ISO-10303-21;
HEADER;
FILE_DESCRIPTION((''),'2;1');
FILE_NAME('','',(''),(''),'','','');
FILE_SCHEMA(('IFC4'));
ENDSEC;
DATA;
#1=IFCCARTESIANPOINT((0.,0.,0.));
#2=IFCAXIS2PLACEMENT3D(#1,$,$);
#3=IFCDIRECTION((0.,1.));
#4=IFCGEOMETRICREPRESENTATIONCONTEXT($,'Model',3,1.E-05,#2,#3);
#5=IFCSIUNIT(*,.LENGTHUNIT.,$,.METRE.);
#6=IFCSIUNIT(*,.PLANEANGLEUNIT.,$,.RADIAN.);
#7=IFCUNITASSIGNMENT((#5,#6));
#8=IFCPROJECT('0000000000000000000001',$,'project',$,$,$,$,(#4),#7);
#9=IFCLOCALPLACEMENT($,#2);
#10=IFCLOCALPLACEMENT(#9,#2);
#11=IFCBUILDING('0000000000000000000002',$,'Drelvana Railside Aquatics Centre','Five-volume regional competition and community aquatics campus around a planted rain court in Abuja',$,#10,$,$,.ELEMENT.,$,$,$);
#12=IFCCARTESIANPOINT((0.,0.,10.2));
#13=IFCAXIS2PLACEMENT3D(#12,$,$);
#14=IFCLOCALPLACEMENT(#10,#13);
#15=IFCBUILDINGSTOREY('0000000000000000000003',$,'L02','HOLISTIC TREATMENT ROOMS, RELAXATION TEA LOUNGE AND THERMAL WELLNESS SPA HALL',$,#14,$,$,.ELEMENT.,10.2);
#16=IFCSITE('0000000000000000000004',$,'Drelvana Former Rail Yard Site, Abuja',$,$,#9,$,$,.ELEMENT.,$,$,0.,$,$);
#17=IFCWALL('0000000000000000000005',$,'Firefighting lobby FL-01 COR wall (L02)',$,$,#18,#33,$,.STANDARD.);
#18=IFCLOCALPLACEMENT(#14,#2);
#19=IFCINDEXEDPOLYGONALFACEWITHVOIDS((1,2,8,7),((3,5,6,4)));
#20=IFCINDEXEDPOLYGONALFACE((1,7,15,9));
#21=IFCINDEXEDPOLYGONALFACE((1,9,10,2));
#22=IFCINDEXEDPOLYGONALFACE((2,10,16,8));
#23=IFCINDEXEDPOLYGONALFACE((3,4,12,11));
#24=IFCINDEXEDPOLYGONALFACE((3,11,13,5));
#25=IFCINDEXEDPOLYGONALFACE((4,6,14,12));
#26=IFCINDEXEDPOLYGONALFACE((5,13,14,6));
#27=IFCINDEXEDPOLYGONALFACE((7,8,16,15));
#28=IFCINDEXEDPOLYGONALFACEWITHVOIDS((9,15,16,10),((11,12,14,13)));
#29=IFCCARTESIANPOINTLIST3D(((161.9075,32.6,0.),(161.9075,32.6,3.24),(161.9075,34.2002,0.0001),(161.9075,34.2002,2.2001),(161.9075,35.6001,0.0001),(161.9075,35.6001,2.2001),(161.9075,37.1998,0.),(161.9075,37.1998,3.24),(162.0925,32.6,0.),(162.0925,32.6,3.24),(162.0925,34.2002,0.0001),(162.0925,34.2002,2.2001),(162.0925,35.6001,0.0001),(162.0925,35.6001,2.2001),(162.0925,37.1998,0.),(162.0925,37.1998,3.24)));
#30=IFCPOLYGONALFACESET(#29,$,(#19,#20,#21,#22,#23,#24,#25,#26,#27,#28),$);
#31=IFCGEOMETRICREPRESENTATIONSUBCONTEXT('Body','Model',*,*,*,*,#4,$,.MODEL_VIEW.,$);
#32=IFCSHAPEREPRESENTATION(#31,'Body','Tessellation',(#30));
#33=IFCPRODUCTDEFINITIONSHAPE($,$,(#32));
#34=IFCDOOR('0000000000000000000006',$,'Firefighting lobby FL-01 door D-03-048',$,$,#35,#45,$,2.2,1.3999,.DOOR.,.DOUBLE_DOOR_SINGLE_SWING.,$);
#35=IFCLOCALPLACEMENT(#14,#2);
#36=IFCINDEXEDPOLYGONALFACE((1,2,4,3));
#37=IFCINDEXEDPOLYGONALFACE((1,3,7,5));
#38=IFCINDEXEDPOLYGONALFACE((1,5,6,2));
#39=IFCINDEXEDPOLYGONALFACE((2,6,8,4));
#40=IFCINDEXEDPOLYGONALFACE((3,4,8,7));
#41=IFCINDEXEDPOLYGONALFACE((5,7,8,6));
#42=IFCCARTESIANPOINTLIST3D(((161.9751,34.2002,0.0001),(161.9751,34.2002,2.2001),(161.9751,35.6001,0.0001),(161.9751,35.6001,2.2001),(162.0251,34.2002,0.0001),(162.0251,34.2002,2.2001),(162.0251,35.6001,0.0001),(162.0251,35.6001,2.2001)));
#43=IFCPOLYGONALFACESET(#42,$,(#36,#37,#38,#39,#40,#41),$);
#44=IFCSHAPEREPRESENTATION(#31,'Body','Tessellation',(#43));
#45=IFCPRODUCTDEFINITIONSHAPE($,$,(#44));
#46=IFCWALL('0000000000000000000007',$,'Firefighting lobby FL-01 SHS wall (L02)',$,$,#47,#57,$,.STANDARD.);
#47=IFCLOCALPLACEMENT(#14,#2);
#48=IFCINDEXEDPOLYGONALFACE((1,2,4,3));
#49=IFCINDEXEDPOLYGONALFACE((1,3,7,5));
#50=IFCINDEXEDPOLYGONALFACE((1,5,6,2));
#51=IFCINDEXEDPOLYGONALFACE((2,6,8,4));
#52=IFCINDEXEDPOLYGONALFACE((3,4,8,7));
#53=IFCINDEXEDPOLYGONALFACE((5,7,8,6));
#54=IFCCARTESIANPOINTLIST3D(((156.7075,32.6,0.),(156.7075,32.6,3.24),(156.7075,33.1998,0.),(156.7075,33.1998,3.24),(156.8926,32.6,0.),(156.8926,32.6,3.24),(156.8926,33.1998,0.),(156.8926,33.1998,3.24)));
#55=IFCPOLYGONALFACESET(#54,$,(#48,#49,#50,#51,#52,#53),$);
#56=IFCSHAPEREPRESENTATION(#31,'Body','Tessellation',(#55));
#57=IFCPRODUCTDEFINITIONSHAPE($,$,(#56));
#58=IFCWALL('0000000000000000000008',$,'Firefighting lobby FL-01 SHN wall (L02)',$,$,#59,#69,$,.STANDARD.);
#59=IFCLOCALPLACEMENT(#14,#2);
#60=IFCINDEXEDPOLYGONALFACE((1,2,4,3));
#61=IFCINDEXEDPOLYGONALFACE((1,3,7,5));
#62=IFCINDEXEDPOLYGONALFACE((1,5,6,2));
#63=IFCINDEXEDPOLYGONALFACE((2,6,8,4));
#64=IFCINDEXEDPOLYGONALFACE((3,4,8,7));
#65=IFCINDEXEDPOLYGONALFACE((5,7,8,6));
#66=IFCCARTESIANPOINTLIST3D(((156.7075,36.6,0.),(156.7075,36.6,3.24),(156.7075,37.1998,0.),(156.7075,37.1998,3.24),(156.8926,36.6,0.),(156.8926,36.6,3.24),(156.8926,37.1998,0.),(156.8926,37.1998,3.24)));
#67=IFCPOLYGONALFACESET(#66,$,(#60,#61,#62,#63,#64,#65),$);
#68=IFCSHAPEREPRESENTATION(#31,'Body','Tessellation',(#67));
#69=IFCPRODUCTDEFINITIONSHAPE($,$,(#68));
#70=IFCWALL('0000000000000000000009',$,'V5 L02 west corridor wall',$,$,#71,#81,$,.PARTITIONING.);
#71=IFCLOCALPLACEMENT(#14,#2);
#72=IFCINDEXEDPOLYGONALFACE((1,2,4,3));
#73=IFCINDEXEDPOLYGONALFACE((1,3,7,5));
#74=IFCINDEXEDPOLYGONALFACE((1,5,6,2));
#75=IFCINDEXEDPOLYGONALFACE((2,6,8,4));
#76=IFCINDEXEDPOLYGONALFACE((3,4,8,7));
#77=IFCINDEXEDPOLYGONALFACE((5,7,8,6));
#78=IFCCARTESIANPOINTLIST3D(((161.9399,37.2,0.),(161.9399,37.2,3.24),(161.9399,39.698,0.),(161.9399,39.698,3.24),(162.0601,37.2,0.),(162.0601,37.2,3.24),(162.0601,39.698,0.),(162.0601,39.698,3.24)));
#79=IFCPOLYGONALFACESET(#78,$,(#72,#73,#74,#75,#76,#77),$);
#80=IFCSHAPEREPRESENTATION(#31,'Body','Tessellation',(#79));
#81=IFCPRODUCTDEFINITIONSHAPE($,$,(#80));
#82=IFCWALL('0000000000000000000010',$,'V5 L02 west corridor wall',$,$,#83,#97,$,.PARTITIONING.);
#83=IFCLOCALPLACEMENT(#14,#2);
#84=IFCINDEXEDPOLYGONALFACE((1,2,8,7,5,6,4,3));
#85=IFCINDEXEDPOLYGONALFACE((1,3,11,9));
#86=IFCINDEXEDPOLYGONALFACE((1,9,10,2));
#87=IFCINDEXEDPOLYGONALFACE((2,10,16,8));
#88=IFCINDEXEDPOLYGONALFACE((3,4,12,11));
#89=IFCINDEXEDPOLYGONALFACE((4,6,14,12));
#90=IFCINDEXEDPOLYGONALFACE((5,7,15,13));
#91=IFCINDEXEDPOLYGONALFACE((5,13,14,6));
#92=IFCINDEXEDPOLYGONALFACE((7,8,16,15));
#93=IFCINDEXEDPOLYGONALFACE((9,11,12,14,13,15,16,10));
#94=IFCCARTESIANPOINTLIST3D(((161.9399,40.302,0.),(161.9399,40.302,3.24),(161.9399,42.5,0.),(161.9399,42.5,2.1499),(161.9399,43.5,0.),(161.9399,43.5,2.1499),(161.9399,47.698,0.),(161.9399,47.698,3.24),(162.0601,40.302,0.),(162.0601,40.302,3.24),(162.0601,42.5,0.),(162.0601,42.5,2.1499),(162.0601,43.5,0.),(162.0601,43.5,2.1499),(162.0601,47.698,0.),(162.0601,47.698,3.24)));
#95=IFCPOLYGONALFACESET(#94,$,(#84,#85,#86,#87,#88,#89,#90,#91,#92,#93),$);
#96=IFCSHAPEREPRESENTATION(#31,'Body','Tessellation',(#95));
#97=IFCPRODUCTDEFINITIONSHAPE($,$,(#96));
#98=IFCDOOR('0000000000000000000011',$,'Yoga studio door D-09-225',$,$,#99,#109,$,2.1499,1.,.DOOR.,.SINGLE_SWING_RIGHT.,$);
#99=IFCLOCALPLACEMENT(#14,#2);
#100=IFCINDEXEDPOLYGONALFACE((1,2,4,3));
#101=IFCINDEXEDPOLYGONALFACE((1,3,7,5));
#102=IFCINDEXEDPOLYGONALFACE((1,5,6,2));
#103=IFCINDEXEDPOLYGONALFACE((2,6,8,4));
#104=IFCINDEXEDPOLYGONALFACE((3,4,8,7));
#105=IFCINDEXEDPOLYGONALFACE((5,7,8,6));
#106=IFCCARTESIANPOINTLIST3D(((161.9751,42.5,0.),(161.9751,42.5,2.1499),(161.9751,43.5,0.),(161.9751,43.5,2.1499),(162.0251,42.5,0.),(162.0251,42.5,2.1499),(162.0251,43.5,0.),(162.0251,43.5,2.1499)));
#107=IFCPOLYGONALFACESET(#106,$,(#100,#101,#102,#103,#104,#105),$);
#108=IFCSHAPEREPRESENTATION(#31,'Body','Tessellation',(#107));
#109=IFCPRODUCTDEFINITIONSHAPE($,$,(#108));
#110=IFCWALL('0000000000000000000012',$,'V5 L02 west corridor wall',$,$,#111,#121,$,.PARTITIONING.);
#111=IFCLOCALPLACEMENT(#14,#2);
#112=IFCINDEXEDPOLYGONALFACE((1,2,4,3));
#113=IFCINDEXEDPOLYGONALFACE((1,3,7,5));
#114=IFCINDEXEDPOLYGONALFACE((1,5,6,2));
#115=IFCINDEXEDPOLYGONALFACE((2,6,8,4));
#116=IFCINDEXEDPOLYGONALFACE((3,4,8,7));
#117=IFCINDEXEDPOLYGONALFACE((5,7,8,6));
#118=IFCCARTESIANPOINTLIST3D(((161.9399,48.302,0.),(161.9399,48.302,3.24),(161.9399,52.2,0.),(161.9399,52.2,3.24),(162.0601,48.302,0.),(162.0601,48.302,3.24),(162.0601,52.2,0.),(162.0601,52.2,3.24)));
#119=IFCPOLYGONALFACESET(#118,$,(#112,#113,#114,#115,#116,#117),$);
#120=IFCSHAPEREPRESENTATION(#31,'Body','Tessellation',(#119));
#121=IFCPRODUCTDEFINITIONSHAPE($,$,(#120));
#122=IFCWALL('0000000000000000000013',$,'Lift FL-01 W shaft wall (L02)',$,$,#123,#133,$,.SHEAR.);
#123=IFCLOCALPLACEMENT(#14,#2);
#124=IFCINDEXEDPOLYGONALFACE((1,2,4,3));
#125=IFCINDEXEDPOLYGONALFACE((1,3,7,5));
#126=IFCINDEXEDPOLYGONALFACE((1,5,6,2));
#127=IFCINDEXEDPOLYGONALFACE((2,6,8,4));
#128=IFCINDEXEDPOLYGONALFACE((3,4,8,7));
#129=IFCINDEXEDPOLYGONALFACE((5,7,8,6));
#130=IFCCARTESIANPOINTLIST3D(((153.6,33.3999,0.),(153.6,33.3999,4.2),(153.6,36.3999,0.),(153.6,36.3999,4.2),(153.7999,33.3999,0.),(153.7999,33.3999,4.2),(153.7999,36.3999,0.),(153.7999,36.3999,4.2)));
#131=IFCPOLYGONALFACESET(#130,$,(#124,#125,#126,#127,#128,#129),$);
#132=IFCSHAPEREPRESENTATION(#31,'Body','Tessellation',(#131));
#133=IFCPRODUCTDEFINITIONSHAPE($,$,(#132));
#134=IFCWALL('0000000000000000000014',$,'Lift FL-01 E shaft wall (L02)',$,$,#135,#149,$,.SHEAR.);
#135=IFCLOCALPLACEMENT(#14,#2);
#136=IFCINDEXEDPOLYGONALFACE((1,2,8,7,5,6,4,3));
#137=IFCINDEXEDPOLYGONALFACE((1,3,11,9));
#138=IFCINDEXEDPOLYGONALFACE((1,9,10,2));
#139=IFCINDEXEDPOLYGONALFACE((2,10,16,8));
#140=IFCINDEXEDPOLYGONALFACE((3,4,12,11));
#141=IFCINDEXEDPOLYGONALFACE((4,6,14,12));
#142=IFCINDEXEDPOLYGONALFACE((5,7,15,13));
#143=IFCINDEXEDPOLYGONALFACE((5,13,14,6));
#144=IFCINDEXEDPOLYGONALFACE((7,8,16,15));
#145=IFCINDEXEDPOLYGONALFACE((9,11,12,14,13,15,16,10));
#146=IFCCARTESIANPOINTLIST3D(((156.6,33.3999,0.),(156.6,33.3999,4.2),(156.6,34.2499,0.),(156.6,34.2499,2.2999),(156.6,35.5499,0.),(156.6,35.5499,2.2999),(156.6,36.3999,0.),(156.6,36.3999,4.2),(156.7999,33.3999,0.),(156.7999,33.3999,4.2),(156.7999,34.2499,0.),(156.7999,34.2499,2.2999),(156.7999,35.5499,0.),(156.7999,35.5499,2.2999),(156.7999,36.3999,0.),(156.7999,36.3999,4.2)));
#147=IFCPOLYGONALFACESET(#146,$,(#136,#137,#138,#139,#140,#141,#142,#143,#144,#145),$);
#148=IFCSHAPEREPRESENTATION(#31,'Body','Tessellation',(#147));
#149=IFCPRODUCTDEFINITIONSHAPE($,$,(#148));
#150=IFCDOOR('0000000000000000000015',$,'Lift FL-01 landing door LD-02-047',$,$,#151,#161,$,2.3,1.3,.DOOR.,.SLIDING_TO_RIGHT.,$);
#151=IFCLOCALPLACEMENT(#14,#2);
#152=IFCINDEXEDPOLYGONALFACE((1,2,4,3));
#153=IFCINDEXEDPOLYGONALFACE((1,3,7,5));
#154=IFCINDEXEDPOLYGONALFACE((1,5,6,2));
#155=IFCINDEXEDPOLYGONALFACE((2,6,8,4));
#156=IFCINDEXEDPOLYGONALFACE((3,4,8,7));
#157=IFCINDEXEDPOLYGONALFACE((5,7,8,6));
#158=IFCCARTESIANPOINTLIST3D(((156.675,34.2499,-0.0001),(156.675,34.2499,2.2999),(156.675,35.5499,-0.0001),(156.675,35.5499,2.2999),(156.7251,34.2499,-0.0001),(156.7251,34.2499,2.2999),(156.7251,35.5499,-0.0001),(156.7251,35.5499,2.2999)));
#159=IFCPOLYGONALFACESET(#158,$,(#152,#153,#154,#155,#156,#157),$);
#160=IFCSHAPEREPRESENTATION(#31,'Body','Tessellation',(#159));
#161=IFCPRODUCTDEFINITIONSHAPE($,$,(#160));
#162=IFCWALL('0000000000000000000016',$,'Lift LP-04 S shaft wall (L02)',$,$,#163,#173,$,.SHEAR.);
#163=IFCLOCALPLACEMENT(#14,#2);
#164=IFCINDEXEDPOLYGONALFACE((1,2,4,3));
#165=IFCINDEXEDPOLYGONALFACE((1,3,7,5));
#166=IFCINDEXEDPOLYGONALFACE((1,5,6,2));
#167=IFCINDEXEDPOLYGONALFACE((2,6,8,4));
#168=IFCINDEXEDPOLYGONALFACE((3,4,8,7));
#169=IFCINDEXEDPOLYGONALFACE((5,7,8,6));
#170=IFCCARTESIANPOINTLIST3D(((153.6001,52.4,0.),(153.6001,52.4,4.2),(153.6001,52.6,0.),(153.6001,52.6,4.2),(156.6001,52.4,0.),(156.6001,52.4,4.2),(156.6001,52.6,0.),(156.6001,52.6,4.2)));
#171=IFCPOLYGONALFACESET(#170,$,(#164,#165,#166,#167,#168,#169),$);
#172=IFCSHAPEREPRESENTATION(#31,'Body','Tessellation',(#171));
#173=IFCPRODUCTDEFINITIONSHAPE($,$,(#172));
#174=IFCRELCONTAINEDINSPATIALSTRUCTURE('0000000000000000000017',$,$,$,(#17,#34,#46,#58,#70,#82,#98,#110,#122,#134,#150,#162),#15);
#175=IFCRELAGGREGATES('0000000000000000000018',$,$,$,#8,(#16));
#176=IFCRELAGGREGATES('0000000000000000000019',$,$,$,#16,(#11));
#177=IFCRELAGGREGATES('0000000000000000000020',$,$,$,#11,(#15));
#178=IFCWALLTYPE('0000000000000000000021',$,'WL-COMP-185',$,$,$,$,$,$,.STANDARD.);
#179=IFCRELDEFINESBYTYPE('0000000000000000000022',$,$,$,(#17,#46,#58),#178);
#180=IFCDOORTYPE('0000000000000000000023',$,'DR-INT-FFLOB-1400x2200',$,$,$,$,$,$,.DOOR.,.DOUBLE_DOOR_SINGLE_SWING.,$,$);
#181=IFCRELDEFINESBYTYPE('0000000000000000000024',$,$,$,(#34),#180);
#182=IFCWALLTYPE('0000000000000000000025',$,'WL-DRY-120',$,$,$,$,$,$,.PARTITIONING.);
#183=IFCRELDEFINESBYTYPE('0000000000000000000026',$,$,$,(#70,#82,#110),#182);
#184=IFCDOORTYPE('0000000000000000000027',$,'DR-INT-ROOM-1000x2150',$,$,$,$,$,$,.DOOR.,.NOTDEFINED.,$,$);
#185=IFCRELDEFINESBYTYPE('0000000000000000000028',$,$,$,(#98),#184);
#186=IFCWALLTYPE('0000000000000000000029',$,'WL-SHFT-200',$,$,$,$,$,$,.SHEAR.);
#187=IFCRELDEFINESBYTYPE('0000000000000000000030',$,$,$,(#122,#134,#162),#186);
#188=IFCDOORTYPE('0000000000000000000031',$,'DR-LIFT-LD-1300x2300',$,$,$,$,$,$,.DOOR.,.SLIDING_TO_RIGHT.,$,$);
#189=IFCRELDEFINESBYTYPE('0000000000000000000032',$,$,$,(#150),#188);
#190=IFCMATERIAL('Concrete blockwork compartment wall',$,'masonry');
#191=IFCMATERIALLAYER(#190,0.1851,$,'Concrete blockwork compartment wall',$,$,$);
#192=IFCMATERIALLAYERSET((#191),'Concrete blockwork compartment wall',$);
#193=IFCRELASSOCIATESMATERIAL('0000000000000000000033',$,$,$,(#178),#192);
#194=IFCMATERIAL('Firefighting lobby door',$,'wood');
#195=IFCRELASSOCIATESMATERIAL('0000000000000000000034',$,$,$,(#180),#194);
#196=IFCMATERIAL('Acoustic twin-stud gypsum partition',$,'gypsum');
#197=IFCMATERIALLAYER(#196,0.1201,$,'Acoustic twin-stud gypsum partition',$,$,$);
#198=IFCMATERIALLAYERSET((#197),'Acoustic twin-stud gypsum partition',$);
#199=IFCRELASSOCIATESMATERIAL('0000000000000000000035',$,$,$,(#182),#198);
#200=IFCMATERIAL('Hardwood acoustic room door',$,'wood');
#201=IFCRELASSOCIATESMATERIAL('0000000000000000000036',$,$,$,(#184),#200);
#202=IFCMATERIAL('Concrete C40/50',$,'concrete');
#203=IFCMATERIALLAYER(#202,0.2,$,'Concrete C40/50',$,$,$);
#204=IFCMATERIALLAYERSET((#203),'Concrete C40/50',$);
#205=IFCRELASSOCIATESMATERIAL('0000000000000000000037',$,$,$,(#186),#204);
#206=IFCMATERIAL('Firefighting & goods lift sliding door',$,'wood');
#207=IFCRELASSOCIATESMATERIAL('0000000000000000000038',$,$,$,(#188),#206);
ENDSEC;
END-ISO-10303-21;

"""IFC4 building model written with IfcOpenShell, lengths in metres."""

from ifc_helpers import new_model, si_unit, direction, frame, frame_2d, origin, place, context, subcontext, project, spatial, rectangle, extrude, material, layer, layer_set, type_object, element, fill, save


model = new_model("IFC4")

# Units and contexts
model_context = context("Model", 3, precision=1e-05, world=origin(), true_north=direction((0.0, 1.0)))
body_context = subcontext(model_context, "Body", "Model", "MODEL_VIEW")
ifc_project = project(units=[si_unit("LENGTHUNIT", "METRE"), si_unit("PLANEANGLEUNIT", "RADIAN")], contexts=[model_context])

# Site, building, storey
site_placement = place(None, origin())
site = spatial("IfcSite", under=ifc_project, at=site_placement, Name="Drelvana Former Rail Yard Site, Abuja", CompositionType="ELEMENT", RefElevation=0.0)
building_placement = place(site_placement, origin())
building = spatial("IfcBuilding", under=site, at=building_placement, Name="Drelvana Railside Aquatics Centre", Description="Five-volume regional competition and community aquatics campus around a planted rain court in Abuja", CompositionType="ELEMENT")
storey_placement = place(building_placement, frame((0.0, 0.0, 10.2)))
storey = spatial("IfcBuildingStorey", under=building, at=storey_placement, Name="L02", Description="HOLISTIC TREATMENT ROOMS, RELAXATION TEA LOUNGE AND THERMAL WELLNESS SPA HALL", CompositionType="ELEMENT", Elevation=10.2)

# Shared definitions
ifc_material_1 = material(Name="Concrete C40/50", Category="concrete")

# Shared definitions
ifc_material_2 = material(Name="Concrete blockwork compartment wall", Category="masonry")
ifc_layer_1 = layer(ifc_material_2, 0.1851, Name="Concrete blockwork compartment wall")
ifc_layer_set_1 = layer_set([ifc_layer_1], Name="Concrete blockwork compartment wall")
wall_type_1 = type_object("IfcWallType", Name="WL-COMP-185", PredefinedType="STANDARD", material=ifc_layer_set_1)

# Wall, opening, door
wall_1_placement = place(storey_placement, frame((162.0, 32.6001, 0.0), z_axis=(0.0, 0.0, 1.0), x_axis=(0.0, 1.0, 0.0)))
wall_1 = element("IfcWall", 1, at=wall_1_placement, inside=storey, type_object=wall_type_1, Name="Firefighting lobby FL-01 COR wall (L02)", PredefinedType="STANDARD", context=body_context, shape_type="SweptSolid", body=[
    extrude(rectangle(XDim=4.5999, YDim=0.1851, at=frame_2d((2.2998, 0.0))), origin(), (0.0, 0.0, 1.0), 3.24),
])
opening_1_placement = place(wall_1_placement, frame((1.6001, 0.0, 0.0)))
opening_1 = element("IfcOpeningElement", 2, at=opening_1_placement, cuts=wall_1, PredefinedType="OPENING", context=body_context, shape_type="SweptSolid", body=[
    extrude(rectangle(XDim=1.3999, YDim=2.2, at=frame_2d((0.7, 1.1001))), frame((0.0, 0.1025, 0.0), z_axis=(0.0, -1.0, 0.0), x_axis=(1.0, 0.0, 0.0)), (0.0, 0.0, 1.0), 0.2051),
])
ifc_material_3 = material(Name="Firefighting lobby door", Category="wood")
door_type_1 = type_object("IfcDoorType", Name="DR-INT-FFLOB-1400x2200", OperationType="DOUBLE_DOOR_SINGLE_SWING", PredefinedType="DOOR", material=ifc_material_3)
door_1_placement = place(opening_1_placement, origin())
door_1 = element("IfcDoor", 3, at=door_1_placement, inside=storey, type_object=door_type_1, Name="Firefighting lobby FL-01 door D-03-048", OperationType="DOUBLE_DOOR_SINGLE_SWING", OverallHeight=2.2, OverallWidth=1.3999, PredefinedType="DOOR", context=body_context, shape_type="SweptSolid", body=[
    extrude(rectangle(XDim=1.3999, YDim=2.2, at=frame_2d((0.7, 1.1001))), frame((0.0, 0.0249, 0.0), z_axis=(0.0, -1.0, 0.0), x_axis=(1.0, 0.0, 0.0)), (0.0, 0.0, 1.0), 0.05),
])
fill(opening_1, door_1)

# Walls
for number, where, z_axis, x_axis, name in (
    (4, (156.8, 32.6001, 0.0), (0.0, 0.0, 1.0), (0.0, 1.0, 0.0), "Firefighting lobby FL-01 SHS wall (L02)"),
    (5, (156.8, 36.6001, 0.0), (0.0, 0.0, 1.0), (0.0, 1.0, 0.0), "Firefighting lobby FL-01 SHN wall (L02)"),
):
    element("IfcWall", number, at=place(storey_placement, frame(where, z_axis=z_axis, x_axis=x_axis)), inside=storey, type_object=wall_type_1, Name=name, PredefinedType="STANDARD", context=body_context, shape_type="SweptSolid", body=[
        extrude(rectangle(XDim=0.5999, YDim=0.1851, at=frame_2d((0.2998, 0.0))), origin(), (0.0, 0.0, 1.0), 3.24),
    ])
ifc_material_4 = material(Name="Acoustic twin-stud gypsum partition", Category="gypsum")
ifc_layer_2 = layer(ifc_material_4, 0.1201, Name="Acoustic twin-stud gypsum partition")
ifc_layer_set_2 = layer_set([ifc_layer_2], Name="Acoustic twin-stud gypsum partition")
wall_type_2 = type_object("IfcWallType", Name="WL-DRY-120", PredefinedType="PARTITIONING", material=ifc_layer_set_2)
wall_2_placement = place(storey_placement, frame((162.0, 37.2, 0.0), z_axis=(0.0, 0.0, 1.0), x_axis=(0.0, 1.0, 0.0)))
element("IfcWall", 6, at=wall_2_placement, inside=storey, type_object=wall_type_2, Name="V5 L02 west corridor wall", PredefinedType="PARTITIONING", context=body_context, shape_type="SweptSolid", body=[
    extrude(rectangle(XDim=2.498, YDim=0.1201, at=frame_2d((1.249, 0.0))), origin(), (0.0, 0.0, 1.0), 3.24),
])

# Wall, opening, door
wall_3_placement = place(storey_placement, frame((162.0, 40.302, 0.0), z_axis=(0.0, 0.0, 1.0), x_axis=(0.0, 1.0, 0.0)))
wall_3 = element("IfcWall", 7, at=wall_3_placement, inside=storey, type_object=wall_type_2, Name="V5 L02 west corridor wall", PredefinedType="PARTITIONING", context=body_context, shape_type="SweptSolid", body=[
    extrude(rectangle(XDim=7.396, YDim=0.1201, at=frame_2d((3.698, 0.0))), origin(), (0.0, 0.0, 1.0), 3.24),
])
opening_2_placement = place(wall_3_placement, frame((2.198, 0.0, 0.0)))
opening_2 = element("IfcOpeningElement", 8, at=opening_2_placement, cuts=wall_3, PredefinedType="OPENING", context=body_context, shape_type="SweptSolid", body=[
    extrude(rectangle(XDim=1.0, YDim=2.1499, at=frame_2d((0.5, 1.075))), frame((0.0, 0.0701, 0.0), z_axis=(0.0, -1.0, 0.0), x_axis=(1.0, 0.0, 0.0)), (0.0, 0.0, 1.0), 0.1401),
])
ifc_material_5 = material(Name="Hardwood acoustic room door", Category="wood")
door_type_2 = type_object("IfcDoorType", Name="DR-INT-ROOM-1000x2150", OperationType="NOTDEFINED", PredefinedType="DOOR", material=ifc_material_5)
door_2_placement = place(opening_2_placement, origin())
door_2 = element("IfcDoor", 9, at=door_2_placement, inside=storey, type_object=door_type_2, Name="Yoga studio door D-09-225", OperationType="SINGLE_SWING_RIGHT", OverallHeight=2.1499, OverallWidth=1.0, PredefinedType="DOOR", context=body_context, shape_type="SweptSolid", body=[
    extrude(rectangle(XDim=1.0, YDim=2.1499, at=frame_2d((0.5, 1.075))), frame((0.0, 0.0249, 0.0), z_axis=(0.0, -1.0, 0.0), x_axis=(1.0, 0.0, 0.0)), (0.0, 0.0, 1.0), 0.05),
])
fill(opening_2, door_2)

# Walls
wall_4_placement = place(storey_placement, frame((162.0, 48.302, 0.0), z_axis=(0.0, 0.0, 1.0), x_axis=(0.0, 1.0, 0.0)))
element("IfcWall", 10, at=wall_4_placement, inside=storey, type_object=wall_type_2, Name="V5 L02 west corridor wall", PredefinedType="PARTITIONING", context=body_context, shape_type="SweptSolid", body=[
    extrude(rectangle(XDim=3.8979, YDim=0.1201, at=frame_2d((1.949, 0.0))), origin(), (0.0, 0.0, 1.0), 3.24),
])
ifc_layer_3 = layer(ifc_material_1, 0.2, Name="Concrete C40/50")
ifc_layer_set_3 = layer_set([ifc_layer_3], Name="Concrete C40/50")
wall_type_3 = type_object("IfcWallType", Name="WL-SHFT-200", PredefinedType="SHEAR", material=ifc_layer_set_3)
wall_5_placement = place(storey_placement, frame((153.7, 33.3999, 0.0), z_axis=(0.0, 0.0, 1.0), x_axis=(0.0, 1.0, 0.0)))
element("IfcWall", 11, at=wall_5_placement, inside=storey, type_object=wall_type_3, Name="Lift FL-01 W shaft wall (L02)", PredefinedType="SHEAR", context=body_context, shape_type="SweptSolid", body=[
    extrude(rectangle(XDim=3.0, YDim=0.2, at=frame_2d((1.5, 0.0))), origin(), (0.0, 0.0, 1.0), 4.2),
])

# Wall, opening, door
wall_6_placement = place(storey_placement, frame((156.7, 33.3999, 0.0), z_axis=(0.0, 0.0, 1.0), x_axis=(0.0, 1.0, 0.0)))
wall_6 = element("IfcWall", 12, at=wall_6_placement, inside=storey, type_object=wall_type_3, Name="Lift FL-01 E shaft wall (L02)", PredefinedType="SHEAR", context=body_context, shape_type="SweptSolid", body=[
    extrude(rectangle(XDim=3.0, YDim=0.2, at=frame_2d((1.5, 0.0))), origin(), (0.0, 0.0, 1.0), 4.2),
])
opening_3_placement = place(wall_6_placement, frame((0.8501, 0.0, 0.0)))
opening_3 = element("IfcOpeningElement", 13, at=opening_3_placement, cuts=wall_6, PredefinedType="OPENING", context=body_context, shape_type="SweptSolid", body=[
    extrude(rectangle(XDim=1.3, YDim=2.3, at=frame_2d((0.6499, 1.1499))), frame((0.0, 0.1099, 0.0), z_axis=(0.0, -1.0, 0.0), x_axis=(1.0, 0.0, 0.0)), (0.0, 0.0, 1.0), 0.22),
])
ifc_material_6 = material(Name="Firefighting & goods lift sliding door", Category="wood")
door_type_3 = type_object("IfcDoorType", Name="DR-LIFT-LD-1300x2300", OperationType="SLIDING_TO_RIGHT", PredefinedType="DOOR", material=ifc_material_6)
door_3_placement = place(opening_3_placement, origin())
door_3 = element("IfcDoor", 14, at=door_3_placement, inside=storey, type_object=door_type_3, Name="Lift FL-01 landing door LD-02-047", OperationType="SLIDING_TO_RIGHT", OverallHeight=2.3, OverallWidth=1.3, PredefinedType="DOOR", context=body_context, shape_type="SweptSolid", body=[
    extrude(rectangle(XDim=1.3, YDim=2.3, at=frame_2d((0.6499, 1.1499))), frame((0.0, 0.0249, 0.0), z_axis=(0.0, -1.0, 0.0), x_axis=(1.0, 0.0, 0.0)), (0.0, 0.0, 1.0), 0.05),
])
fill(opening_3, door_3)

# Wall
wall_7_placement = place(storey_placement, frame((153.6001, 52.5, 0.0), z_axis=(0.0, 0.0, 1.0), x_axis=(1.0, 0.0, 0.0)))
element("IfcWall", 15, at=wall_7_placement, inside=storey, type_object=wall_type_3, Name="Lift LP-04 S shaft wall (L02)", PredefinedType="SHEAR", context=body_context, shape_type="SweptSolid", body=[
    extrude(rectangle(XDim=3.0, YDim=0.2, at=frame_2d((1.5, 0.0))), origin(), (0.0, 0.0, 1.0), 4.2),
])

save(model, "model.ifc")
